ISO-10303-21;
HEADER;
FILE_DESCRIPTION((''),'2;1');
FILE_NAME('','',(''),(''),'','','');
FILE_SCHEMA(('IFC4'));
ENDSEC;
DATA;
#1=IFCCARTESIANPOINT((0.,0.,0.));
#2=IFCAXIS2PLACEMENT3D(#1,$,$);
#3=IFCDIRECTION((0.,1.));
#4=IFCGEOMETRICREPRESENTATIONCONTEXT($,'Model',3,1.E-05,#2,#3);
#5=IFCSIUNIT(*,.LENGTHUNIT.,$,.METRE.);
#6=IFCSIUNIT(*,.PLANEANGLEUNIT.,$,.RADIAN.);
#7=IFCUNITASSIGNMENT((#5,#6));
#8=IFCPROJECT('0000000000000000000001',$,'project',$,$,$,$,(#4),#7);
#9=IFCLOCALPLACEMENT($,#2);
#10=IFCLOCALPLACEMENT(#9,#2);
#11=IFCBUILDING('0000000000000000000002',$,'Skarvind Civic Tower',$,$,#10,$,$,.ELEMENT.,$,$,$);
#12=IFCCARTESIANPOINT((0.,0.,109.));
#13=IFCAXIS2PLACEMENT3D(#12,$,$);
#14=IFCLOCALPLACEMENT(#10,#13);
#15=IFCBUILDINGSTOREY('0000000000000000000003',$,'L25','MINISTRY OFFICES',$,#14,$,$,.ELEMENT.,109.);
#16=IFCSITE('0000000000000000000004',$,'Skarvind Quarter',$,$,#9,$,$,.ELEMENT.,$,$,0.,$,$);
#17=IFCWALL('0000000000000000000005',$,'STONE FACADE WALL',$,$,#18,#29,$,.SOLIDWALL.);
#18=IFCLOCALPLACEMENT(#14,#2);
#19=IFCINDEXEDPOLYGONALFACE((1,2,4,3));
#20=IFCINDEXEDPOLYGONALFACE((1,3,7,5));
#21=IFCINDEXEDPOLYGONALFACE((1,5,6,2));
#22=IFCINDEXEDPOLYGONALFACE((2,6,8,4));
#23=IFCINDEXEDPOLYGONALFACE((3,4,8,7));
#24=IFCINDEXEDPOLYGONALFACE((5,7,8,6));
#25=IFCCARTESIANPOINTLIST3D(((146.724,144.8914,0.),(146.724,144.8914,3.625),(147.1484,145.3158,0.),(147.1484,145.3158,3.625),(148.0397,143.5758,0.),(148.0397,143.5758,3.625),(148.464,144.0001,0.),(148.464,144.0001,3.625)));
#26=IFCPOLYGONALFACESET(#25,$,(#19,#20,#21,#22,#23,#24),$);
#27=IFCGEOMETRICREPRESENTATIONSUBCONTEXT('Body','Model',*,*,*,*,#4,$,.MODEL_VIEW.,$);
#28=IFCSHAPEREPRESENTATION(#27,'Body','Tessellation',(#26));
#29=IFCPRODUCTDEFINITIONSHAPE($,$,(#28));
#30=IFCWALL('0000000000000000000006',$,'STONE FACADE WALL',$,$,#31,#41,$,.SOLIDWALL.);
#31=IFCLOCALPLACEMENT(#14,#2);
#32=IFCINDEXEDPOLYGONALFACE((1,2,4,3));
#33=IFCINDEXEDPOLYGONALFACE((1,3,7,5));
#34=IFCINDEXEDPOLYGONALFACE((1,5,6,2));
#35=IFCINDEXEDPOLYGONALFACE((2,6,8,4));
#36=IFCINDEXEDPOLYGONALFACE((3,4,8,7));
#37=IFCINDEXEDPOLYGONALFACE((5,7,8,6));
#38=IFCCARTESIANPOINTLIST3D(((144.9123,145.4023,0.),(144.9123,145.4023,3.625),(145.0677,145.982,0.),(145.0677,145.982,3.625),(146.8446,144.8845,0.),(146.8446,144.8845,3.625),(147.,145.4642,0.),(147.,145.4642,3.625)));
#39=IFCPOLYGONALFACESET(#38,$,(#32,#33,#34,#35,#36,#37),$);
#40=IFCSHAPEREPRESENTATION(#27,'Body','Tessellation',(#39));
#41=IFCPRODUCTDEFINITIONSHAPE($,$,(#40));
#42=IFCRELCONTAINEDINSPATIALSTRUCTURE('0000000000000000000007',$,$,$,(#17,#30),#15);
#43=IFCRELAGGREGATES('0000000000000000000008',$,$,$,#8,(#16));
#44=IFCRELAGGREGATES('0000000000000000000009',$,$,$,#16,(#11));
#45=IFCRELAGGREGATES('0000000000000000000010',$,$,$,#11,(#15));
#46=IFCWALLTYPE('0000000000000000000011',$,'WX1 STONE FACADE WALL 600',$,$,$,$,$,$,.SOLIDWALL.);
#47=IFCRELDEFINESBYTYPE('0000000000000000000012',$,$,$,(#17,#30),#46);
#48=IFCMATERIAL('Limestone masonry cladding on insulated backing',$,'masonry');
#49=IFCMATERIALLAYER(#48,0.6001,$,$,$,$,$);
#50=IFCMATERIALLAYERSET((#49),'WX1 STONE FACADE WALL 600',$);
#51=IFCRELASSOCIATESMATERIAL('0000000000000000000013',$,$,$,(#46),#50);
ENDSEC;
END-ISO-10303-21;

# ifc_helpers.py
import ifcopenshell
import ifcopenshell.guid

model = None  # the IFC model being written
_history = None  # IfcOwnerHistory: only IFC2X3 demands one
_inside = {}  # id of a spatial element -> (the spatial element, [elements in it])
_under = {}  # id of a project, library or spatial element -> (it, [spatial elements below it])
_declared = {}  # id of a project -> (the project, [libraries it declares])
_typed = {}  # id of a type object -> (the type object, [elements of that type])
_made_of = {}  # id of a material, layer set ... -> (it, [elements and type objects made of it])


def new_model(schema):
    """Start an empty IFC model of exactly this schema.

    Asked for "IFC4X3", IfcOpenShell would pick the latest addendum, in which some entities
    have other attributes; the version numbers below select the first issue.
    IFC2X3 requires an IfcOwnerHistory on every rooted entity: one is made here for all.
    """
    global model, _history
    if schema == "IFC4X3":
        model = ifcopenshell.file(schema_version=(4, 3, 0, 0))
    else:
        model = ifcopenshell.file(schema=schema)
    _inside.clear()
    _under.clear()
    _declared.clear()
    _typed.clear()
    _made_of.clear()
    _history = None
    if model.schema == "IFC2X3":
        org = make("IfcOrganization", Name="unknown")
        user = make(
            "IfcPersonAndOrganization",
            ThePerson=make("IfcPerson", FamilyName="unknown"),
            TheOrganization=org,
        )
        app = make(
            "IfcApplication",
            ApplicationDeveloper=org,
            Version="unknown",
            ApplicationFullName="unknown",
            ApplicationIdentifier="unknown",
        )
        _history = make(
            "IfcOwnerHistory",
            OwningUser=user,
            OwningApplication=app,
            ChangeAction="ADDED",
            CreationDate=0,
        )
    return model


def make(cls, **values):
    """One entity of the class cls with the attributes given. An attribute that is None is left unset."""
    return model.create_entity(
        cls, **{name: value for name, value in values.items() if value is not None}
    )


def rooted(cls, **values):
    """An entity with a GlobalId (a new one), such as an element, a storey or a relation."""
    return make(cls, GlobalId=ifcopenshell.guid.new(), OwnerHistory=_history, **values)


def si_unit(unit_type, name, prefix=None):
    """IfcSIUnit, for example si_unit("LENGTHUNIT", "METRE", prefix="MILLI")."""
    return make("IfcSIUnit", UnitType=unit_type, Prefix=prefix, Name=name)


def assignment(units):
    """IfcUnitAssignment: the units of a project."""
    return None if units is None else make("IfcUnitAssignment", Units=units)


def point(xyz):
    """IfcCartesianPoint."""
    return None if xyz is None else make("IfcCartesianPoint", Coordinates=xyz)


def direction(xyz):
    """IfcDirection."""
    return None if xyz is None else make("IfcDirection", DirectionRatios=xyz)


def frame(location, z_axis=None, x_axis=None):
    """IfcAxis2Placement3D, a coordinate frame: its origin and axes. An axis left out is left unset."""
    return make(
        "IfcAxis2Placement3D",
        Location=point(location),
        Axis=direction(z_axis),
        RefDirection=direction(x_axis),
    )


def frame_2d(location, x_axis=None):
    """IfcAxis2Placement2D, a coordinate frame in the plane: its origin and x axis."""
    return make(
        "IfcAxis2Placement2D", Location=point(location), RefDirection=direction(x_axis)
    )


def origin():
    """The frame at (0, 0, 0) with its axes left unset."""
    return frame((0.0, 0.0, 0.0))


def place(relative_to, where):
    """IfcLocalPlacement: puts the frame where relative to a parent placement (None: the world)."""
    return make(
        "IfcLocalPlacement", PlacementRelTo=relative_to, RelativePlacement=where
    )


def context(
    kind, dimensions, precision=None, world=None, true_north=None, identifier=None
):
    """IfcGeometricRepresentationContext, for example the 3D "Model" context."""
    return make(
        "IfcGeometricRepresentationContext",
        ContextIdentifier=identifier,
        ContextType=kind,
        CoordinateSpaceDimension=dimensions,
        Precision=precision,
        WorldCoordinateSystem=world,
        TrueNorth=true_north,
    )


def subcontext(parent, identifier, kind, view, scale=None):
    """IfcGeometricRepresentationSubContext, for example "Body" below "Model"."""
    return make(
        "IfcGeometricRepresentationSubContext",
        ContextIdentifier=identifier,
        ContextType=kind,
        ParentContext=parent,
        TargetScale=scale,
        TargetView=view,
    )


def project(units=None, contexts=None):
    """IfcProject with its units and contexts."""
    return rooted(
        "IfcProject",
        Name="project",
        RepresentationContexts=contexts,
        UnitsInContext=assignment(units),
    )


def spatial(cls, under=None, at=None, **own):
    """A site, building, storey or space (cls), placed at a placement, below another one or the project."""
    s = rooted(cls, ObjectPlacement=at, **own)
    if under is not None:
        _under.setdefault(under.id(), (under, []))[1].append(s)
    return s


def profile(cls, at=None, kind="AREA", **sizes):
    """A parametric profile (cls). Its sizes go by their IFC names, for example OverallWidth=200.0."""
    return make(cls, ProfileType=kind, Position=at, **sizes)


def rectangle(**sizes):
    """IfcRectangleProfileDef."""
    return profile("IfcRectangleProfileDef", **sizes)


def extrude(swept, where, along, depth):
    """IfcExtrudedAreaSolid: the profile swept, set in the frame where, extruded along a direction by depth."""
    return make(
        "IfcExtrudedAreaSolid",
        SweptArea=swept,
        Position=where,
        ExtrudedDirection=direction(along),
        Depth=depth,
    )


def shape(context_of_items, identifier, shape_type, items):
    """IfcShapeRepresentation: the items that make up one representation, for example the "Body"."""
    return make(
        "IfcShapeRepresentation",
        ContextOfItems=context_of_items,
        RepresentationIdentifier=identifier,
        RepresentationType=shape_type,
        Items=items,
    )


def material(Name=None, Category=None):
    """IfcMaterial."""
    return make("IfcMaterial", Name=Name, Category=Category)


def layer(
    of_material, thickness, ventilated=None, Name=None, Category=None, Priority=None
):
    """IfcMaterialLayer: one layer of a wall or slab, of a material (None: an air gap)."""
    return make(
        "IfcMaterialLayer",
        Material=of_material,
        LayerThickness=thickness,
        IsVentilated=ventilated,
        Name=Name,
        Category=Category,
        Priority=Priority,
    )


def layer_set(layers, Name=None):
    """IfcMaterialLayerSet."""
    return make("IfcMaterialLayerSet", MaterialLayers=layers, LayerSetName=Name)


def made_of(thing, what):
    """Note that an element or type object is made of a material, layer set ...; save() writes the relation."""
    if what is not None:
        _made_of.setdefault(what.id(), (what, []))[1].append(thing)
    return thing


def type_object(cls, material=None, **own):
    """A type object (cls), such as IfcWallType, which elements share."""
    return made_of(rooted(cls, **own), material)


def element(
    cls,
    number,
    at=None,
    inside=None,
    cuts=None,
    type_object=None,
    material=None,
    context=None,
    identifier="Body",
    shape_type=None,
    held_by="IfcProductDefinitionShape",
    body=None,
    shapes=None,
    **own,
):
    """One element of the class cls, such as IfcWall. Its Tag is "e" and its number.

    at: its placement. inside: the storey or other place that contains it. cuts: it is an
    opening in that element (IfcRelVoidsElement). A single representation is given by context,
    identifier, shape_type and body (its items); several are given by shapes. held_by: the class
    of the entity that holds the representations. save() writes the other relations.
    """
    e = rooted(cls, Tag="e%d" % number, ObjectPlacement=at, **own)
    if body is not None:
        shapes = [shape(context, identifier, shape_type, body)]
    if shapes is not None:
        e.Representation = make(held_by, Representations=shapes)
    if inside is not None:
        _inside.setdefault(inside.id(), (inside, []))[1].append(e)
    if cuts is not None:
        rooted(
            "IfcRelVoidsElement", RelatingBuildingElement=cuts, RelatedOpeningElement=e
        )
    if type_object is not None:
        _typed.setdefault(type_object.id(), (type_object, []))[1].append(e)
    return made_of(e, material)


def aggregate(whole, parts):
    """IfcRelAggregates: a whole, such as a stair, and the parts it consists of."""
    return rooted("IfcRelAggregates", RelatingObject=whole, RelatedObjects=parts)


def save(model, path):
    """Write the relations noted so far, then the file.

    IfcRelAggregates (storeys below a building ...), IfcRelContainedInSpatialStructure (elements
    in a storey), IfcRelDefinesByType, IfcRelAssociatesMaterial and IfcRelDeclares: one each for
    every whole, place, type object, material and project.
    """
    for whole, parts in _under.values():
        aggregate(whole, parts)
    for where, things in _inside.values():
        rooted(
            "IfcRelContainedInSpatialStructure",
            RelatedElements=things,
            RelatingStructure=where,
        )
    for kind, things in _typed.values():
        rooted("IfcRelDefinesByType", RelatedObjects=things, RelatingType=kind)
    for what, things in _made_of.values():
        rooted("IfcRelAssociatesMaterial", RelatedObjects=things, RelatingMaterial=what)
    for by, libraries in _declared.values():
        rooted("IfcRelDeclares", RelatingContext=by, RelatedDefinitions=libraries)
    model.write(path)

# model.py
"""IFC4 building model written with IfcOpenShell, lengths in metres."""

from ifc_helpers import new_model, si_unit, direction, frame, frame_2d, origin, place, context, subcontext, project, spatial, rectangle, extrude, material, layer, layer_set, type_object, element, save


model = new_model("IFC4")

# Units and contexts
model_context = context("Model", 3, precision=1e-05, world=origin(), true_north=direction((0.0, 1.0)))
body_context = subcontext(model_context, "Body", "Model", "MODEL_VIEW")
ifc_project = project(units=[si_unit("LENGTHUNIT", "METRE"), si_unit("PLANEANGLEUNIT", "RADIAN")], contexts=[model_context])

# Site, building, storey
site_placement = place(None, origin())
site = spatial("IfcSite", under=ifc_project, at=site_placement, Name="Skarvind Quarter", CompositionType="ELEMENT", RefElevation=0.0)
building_placement = place(site_placement, origin())
building = spatial("IfcBuilding", under=site, at=building_placement, Name="Skarvind Civic Tower", CompositionType="ELEMENT")
storey_placement = place(building_placement, frame((0.0, 0.0, 109.0)))
storey = spatial("IfcBuildingStorey", under=building, at=storey_placement, Name="L25", Description="MINISTRY OFFICES", CompositionType="ELEMENT", Elevation=109.0)

# Shared definitions
ifc_material_1 = material(Name="Limestone masonry cladding on insulated backing", Category="masonry")
ifc_layer_1 = layer(ifc_material_1, 0.6001)
ifc_layer_set_1 = layer_set([ifc_layer_1], Name="WX1 STONE FACADE WALL 600")
wall_type_1 = type_object("IfcWallType", Name="WX1 STONE FACADE WALL 600", PredefinedType="SOLIDWALL", material=ifc_layer_set_1)

# Walls
for number, where, z_axis, x_axis, name in (
    (1, (146.9363, 145.1035, 0.0), (0.0, 0.0, 1.0), (0.707107, -0.707107, 0.0), "STONE FACADE WALL"),
):
    element("IfcWall", number, at=place(storey_placement, frame(where, z_axis=z_axis, x_axis=x_axis)), inside=storey, type_object=wall_type_1, Name=name, PredefinedType="SOLIDWALL", context=body_context, shape_type="SweptSolid", body=[
        extrude(rectangle(XDim=1.8606, YDim=0.6001, at=frame_2d((0.9302, 0.0))), origin(), (0.0, 0.0, 1.0), 3.625),
    ])
wall_1_placement = place(storey_placement, frame((144.99, 145.6921, 0.0), z_axis=(0.0, 0.0, 1.0), x_axis=(0.96592, -0.25884, 0.0)))
element("IfcWall", 2, at=wall_1_placement, inside=storey, type_object=wall_type_1, Name="STONE FACADE WALL", PredefinedType="SOLIDWALL", context=body_context, shape_type="SweptSolid", body=[
    extrude(rectangle(XDim=2.0005, YDim=0.6001, at=frame_2d((1.0002, 0.0))), origin(), (0.0, 0.0, 1.0), 3.625),
])

save(model, "model.ifc")
